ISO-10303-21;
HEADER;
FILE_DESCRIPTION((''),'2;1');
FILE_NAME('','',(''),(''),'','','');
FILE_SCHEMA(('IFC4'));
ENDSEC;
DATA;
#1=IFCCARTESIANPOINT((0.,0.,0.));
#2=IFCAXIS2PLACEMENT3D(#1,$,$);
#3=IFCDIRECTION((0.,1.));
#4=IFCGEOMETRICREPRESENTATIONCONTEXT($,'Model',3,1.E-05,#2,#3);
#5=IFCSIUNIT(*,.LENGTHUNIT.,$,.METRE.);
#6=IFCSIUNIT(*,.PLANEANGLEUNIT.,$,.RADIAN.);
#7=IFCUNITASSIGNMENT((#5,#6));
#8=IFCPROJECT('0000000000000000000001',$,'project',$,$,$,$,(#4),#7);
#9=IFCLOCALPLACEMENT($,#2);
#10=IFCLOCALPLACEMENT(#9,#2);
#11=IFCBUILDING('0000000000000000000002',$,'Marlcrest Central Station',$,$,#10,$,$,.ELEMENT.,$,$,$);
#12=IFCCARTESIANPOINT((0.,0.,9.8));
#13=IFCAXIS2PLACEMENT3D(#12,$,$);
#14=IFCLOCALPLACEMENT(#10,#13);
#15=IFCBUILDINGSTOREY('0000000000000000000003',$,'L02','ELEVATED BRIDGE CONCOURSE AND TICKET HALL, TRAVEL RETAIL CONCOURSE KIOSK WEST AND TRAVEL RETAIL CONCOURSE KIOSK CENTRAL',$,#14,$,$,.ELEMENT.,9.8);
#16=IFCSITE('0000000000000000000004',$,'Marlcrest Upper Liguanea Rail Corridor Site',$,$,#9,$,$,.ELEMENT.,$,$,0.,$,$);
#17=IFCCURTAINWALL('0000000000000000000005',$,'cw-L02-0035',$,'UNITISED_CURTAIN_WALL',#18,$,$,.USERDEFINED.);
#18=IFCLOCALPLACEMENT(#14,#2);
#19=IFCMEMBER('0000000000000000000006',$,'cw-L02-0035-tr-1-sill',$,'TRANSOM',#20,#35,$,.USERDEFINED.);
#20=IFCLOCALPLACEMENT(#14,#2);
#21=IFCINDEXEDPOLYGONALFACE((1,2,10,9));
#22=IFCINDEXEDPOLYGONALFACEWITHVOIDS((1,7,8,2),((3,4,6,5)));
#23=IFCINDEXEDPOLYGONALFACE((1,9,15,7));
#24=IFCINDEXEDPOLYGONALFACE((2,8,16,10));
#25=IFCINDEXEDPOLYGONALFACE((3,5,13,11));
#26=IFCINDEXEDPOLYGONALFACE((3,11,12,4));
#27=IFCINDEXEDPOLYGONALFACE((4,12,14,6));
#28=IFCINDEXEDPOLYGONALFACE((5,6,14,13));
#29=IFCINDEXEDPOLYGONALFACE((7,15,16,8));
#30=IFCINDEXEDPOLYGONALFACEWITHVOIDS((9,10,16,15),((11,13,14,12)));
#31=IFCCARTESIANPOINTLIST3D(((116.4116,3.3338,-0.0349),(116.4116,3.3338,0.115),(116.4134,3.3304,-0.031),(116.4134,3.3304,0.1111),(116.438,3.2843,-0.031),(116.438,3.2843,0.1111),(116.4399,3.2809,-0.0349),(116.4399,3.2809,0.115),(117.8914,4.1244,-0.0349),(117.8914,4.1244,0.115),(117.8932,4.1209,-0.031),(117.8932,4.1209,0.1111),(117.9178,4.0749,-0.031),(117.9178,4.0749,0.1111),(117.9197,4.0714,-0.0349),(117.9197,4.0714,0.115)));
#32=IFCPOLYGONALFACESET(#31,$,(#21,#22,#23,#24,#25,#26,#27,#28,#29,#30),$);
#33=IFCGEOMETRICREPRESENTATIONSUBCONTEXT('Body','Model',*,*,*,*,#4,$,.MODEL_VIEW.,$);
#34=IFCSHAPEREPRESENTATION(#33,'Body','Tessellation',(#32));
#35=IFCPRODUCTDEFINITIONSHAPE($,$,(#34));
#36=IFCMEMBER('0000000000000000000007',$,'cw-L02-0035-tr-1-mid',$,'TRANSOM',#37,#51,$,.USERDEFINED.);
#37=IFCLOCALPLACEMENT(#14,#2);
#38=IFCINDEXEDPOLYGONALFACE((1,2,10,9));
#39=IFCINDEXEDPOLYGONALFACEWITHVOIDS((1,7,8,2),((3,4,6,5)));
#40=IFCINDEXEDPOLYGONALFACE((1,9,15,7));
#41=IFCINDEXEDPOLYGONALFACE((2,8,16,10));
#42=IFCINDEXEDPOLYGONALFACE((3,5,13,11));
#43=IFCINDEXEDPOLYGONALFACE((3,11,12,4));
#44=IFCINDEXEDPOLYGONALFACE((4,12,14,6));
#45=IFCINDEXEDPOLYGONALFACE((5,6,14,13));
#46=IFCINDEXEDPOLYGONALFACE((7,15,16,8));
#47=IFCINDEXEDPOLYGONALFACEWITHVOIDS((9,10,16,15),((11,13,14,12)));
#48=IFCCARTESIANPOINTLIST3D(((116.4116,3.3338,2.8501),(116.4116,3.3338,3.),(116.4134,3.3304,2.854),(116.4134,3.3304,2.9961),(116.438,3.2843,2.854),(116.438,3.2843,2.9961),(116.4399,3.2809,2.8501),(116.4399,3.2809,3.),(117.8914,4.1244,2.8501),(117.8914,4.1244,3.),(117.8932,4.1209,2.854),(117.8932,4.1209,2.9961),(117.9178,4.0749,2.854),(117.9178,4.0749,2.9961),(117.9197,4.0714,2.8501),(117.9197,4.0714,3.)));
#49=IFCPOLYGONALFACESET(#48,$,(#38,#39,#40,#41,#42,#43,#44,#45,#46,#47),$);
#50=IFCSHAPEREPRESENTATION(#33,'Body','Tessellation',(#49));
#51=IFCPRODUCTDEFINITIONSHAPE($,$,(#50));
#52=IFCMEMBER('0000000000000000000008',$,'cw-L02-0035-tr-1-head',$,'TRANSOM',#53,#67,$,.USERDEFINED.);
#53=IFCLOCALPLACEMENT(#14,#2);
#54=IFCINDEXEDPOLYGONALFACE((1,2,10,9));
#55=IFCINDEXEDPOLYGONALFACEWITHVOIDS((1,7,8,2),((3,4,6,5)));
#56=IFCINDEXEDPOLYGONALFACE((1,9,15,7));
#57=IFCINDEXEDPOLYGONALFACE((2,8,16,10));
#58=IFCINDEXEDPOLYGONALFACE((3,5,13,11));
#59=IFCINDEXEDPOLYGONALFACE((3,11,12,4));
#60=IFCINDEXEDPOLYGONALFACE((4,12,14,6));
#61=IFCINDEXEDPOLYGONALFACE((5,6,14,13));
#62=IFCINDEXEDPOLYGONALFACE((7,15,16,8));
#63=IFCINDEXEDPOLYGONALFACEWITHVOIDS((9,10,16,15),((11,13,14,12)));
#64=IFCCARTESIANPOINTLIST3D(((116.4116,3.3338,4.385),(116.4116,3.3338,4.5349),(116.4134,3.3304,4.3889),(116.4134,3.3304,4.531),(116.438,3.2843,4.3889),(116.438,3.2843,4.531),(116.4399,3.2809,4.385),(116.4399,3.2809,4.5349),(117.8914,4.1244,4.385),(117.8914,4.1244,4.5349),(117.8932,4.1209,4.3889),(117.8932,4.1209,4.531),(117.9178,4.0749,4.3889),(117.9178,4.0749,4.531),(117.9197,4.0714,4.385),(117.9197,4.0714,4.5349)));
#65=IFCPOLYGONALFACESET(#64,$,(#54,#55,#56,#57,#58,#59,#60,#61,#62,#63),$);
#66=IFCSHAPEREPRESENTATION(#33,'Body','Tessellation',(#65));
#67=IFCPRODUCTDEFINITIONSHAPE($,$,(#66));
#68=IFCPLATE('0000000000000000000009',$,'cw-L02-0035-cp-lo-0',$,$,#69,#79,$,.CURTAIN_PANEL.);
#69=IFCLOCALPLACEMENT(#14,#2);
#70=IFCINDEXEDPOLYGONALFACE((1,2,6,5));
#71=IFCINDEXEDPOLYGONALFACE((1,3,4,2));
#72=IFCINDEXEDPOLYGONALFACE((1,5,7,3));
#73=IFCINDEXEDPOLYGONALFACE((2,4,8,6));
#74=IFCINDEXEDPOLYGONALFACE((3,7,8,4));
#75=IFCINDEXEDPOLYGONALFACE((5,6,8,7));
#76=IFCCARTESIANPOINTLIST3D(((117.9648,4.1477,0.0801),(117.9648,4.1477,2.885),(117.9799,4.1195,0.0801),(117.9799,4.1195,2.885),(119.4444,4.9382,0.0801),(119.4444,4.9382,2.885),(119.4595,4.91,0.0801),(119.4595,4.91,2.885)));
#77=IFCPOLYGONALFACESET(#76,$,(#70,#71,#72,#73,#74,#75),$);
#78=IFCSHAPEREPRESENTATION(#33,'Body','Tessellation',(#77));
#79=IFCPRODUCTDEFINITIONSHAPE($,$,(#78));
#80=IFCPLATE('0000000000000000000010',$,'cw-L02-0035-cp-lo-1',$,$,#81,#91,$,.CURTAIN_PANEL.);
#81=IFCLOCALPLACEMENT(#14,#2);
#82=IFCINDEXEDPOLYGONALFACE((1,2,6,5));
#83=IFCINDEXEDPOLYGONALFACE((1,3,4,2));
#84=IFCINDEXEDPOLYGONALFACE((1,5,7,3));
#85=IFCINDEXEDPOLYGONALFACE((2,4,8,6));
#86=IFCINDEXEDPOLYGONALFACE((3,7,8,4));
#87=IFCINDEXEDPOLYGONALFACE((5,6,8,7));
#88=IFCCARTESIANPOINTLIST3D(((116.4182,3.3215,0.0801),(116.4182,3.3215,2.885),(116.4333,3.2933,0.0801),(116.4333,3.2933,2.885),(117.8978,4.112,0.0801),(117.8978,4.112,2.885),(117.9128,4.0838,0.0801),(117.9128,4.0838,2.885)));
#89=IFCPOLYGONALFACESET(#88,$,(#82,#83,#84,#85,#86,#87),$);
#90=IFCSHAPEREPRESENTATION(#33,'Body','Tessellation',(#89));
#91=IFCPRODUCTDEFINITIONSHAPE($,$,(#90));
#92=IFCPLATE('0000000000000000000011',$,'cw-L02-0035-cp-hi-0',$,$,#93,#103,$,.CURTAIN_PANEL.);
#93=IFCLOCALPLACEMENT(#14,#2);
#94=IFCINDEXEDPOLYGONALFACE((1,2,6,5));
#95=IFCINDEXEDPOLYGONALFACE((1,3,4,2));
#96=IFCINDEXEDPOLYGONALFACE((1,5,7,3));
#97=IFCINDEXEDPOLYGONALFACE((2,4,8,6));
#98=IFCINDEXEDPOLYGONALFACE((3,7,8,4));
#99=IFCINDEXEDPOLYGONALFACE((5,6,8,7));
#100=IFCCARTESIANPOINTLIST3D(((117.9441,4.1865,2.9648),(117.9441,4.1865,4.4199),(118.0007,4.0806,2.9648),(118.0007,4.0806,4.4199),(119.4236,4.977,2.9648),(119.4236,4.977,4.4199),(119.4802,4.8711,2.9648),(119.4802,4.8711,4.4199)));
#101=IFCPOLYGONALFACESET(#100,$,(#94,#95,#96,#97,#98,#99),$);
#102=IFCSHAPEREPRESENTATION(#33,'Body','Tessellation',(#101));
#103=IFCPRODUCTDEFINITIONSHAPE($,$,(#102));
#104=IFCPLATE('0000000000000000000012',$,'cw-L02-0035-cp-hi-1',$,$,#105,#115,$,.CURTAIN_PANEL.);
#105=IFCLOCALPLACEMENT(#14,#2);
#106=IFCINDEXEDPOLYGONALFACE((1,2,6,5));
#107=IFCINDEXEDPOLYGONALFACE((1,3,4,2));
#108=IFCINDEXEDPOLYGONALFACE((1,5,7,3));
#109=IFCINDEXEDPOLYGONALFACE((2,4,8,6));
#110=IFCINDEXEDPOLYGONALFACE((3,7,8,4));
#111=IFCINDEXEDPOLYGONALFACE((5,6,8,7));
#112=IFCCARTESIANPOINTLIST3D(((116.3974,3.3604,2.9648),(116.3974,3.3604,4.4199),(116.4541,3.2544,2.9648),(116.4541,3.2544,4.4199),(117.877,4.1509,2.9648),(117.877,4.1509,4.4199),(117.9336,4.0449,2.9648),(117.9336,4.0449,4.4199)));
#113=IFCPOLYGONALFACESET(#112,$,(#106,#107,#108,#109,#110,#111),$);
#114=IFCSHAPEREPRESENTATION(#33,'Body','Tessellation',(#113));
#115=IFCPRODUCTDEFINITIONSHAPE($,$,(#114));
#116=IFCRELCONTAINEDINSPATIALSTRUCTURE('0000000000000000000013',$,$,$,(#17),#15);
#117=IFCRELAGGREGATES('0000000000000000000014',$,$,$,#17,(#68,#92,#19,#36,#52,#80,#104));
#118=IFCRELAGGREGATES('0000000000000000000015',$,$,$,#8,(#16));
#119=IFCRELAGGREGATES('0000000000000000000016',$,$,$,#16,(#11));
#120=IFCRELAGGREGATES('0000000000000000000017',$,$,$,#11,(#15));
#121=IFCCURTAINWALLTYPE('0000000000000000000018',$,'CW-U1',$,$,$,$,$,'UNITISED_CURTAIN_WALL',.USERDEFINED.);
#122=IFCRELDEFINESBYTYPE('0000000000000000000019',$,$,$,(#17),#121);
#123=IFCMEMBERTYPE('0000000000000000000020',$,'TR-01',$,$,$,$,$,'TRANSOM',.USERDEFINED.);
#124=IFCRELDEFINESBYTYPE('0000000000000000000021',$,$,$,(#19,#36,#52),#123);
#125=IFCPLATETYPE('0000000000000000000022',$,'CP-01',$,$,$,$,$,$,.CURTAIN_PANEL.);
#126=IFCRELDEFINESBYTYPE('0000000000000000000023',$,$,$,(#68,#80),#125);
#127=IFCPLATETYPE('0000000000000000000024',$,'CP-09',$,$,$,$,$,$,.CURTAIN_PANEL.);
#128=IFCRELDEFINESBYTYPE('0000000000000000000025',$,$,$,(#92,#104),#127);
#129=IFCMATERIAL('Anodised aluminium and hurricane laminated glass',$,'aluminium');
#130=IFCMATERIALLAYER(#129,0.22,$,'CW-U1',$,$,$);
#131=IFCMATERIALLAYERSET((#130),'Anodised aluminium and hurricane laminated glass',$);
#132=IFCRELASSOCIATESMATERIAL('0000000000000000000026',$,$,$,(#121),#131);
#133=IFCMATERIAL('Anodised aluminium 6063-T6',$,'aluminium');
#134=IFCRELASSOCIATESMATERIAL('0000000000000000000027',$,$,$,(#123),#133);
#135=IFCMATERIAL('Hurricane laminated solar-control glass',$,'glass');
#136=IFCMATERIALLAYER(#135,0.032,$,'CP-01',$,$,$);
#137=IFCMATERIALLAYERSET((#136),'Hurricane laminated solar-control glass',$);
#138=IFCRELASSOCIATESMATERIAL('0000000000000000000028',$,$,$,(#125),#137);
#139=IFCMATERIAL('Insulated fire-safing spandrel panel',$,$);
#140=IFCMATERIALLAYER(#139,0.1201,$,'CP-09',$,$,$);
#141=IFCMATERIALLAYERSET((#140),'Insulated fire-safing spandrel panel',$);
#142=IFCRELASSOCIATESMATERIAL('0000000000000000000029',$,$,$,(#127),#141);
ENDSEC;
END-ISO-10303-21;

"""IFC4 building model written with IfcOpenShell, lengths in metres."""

from ifc_helpers import new_model, si_unit, direction, frame, origin, origin_2d, place, context, subcontext, project, spatial, rectangle, hollow_rectangle, extrude, material, layer, layer_set, material_profile, profile_set, type_object, element, aggregate, save


model = new_model("IFC4")

# Units and contexts
model_context = context("Model", 3, precision=1e-05, world=origin(), true_north=direction((0.0, 1.0)))
body_context = subcontext(model_context, "Body", "Model", "MODEL_VIEW")
ifc_project = project(units=[si_unit("LENGTHUNIT", "METRE"), si_unit("PLANEANGLEUNIT", "RADIAN")], contexts=[model_context])

# Site, building, storey
site_placement = place(None, origin())
site = spatial("IfcSite", under=ifc_project, at=site_placement, Name="Marlcrest Upper Liguanea Rail Corridor Site", CompositionType="ELEMENT", RefElevation=0.0)
building_placement = place(site_placement, origin())
building = spatial("IfcBuilding", under=site, at=building_placement, Name="Marlcrest Central Station", CompositionType="ELEMENT")
storey_placement = place(building_placement, frame((0.0, 0.0, 9.8)))
storey = spatial("IfcBuildingStorey", under=building, at=storey_placement, Name="L02", Description="ELEVATED BRIDGE CONCOURSE AND TICKET HALL, TRAVEL RETAIL CONCOURSE KIOSK WEST AND TRAVEL RETAIL CONCOURSE KIOSK CENTRAL", CompositionType="ELEMENT", Elevation=9.8)

# Curtain wall
ifc_material_1 = material(Name="Anodised aluminium and hurricane laminated glass", Category="aluminium")
ifc_layer_1 = layer(ifc_material_1, 0.22, Name="CW-U1")
ifc_layer_set_1 = layer_set([ifc_layer_1], Name="Anodised aluminium and hurricane laminated glass")
curtain_wall_type = type_object("IfcCurtainWallType", Name="CW-U1", ElementType="UNITISED_CURTAIN_WALL", PredefinedType="USERDEFINED", material=ifc_layer_set_1)
curtain_wall_placement = place(storey_placement, origin())
curtain_wall = element("IfcCurtainWall", 1, at=curtain_wall_placement, inside=storey, type_object=curtain_wall_type, Name="cw-L02-0035", ObjectType="UNITISED_CURTAIN_WALL", PredefinedType="USERDEFINED")
ifc_material_2 = material(Name="Anodised aluminium 6063-T6", Category="aluminium")

# Members
ifc_material_profile_1 = material_profile(ifc_material_2, hollow_rectangle(XDim=0.0601, YDim=0.1499, WallThickness=0.0039, at=origin_2d()), Name="AA-RHS 150x60x4")
ifc_profile_set_1 = profile_set([ifc_material_profile_1], Name="Anodised aluminium 6063-T6")
member_type_1 = type_object("IfcMemberType", Name="TR-01", ElementType="TRANSOM", PredefinedType="USERDEFINED", material=ifc_profile_set_1)
member_1_placement = place(storey_placement, frame((117.9055, 4.0979, 0.04), z_axis=(-0.882022, -0.471207, 0.0), x_axis=(0.471207, -0.882022, 0.0)))
member_1 = element("IfcMember", 2, at=member_1_placement, type_object=member_type_1, Name="cw-L02-0035-tr-1-sill", ObjectType="TRANSOM", PredefinedType="USERDEFINED", context=body_context, shape_type="SweptSolid", body=[
    extrude(hollow_rectangle(XDim=0.0601, YDim=0.1499, WallThickness=0.0039, at=origin_2d()), origin(), (0.0, 0.0, 1.0), 1.6777),
])
member_2_placement = place(storey_placement, frame((117.9055, 4.0979, 2.925), z_axis=(-0.882022, -0.471207, 0.0), x_axis=(0.471207, -0.882022, 0.0)))
member_2 = element("IfcMember", 3, at=member_2_placement, type_object=member_type_1, Name="cw-L02-0035-tr-1-mid", ObjectType="TRANSOM", PredefinedType="USERDEFINED", context=body_context, shape_type="SweptSolid", body=[
    extrude(hollow_rectangle(XDim=0.0601, YDim=0.1499, WallThickness=0.0039, at=origin_2d()), origin(), (0.0, 0.0, 1.0), 1.6777),
])
member_3_placement = place(storey_placement, frame((117.9055, 4.0979, 4.46), z_axis=(-0.882022, -0.471207, 0.0), x_axis=(0.471207, -0.882022, 0.0)))
member_3 = element("IfcMember", 4, at=member_3_placement, type_object=member_type_1, Name="cw-L02-0035-tr-1-head", ObjectType="TRANSOM", PredefinedType="USERDEFINED", context=body_context, shape_type="SweptSolid", body=[
    extrude(hollow_rectangle(XDim=0.0601, YDim=0.1499, WallThickness=0.0039, at=origin_2d()), origin(), (0.0, 0.0, 1.0), 1.6777),
])

# Plates
ifc_material_3 = material(Name="Hurricane laminated solar-control glass", Category="glass")
ifc_layer_2 = layer(ifc_material_3, 0.032, Name="CP-01")
ifc_layer_set_2 = layer_set([ifc_layer_2], Name="Hurricane laminated solar-control glass")
plate_type_1 = type_object("IfcPlateType", Name="CP-01", PredefinedType="CURTAIN_PANEL", material=ifc_layer_set_2)
plate_1_placement = place(storey_placement, frame((118.7122, 4.5288, 0.0801), z_axis=(0.0, 0.0, 1.0), x_axis=(-0.882004, -0.471243, 0.0)))
plate_1 = element("IfcPlate", 5, at=plate_1_placement, type_object=plate_type_1, Name="cw-L02-0035-cp-lo-0", PredefinedType="CURTAIN_PANEL", context=body_context, shape_type="SweptSolid", body=[
    extrude(rectangle(XDim=1.6775, YDim=0.032, at=origin_2d()), origin(), (0.0, 0.0, 1.0), 2.8049),
])
plate_2_placement = place(storey_placement, frame((117.1655, 3.7026, 0.0801), z_axis=(0.0, 0.0, 1.0), x_axis=(-0.882004, -0.471243, 0.0)))
plate_2 = element("IfcPlate", 6, at=plate_2_placement, type_object=plate_type_1, Name="cw-L02-0035-cp-lo-1", PredefinedType="CURTAIN_PANEL", context=body_context, shape_type="SweptSolid", body=[
    extrude(rectangle(XDim=1.6775, YDim=0.032, at=origin_2d()), origin(), (0.0, 0.0, 1.0), 2.8049),
])
ifc_material_4 = material(Name="Insulated fire-safing spandrel panel")
ifc_layer_3 = layer(ifc_material_4, 0.1201, Name="CP-09")
ifc_layer_set_3 = layer_set([ifc_layer_3], Name="Insulated fire-safing spandrel panel")
plate_type_2 = type_object("IfcPlateType", Name="CP-09", PredefinedType="CURTAIN_PANEL", material=ifc_layer_set_3)
plate_3_placement = place(storey_placement, frame((118.7122, 4.5288, 2.9648), z_axis=(0.0, 0.0, 1.0), x_axis=(-0.882004, -0.471243, 0.0)))
plate_3 = element("IfcPlate", 7, at=plate_3_placement, type_object=plate_type_2, Name="cw-L02-0035-cp-hi-0", PredefinedType="CURTAIN_PANEL", context=body_context, shape_type="SweptSolid", body=[
    extrude(rectangle(XDim=1.6775, YDim=0.1201, at=origin_2d()), origin(), (0.0, 0.0, 1.0), 1.4551),
])
plate_4_placement = place(storey_placement, frame((117.1655, 3.7026, 2.9648), z_axis=(0.0, 0.0, 1.0), x_axis=(-0.882004, -0.471243, 0.0)))
plate_4 = element("IfcPlate", 8, at=plate_4_placement, type_object=plate_type_2, Name="cw-L02-0035-cp-hi-1", PredefinedType="CURTAIN_PANEL", context=body_context, shape_type="SweptSolid", body=[
    extrude(rectangle(XDim=1.6775, YDim=0.1201, at=origin_2d()), origin(), (0.0, 0.0, 1.0), 1.4551),
])
aggregate(curtain_wall, [plate_1, plate_3, member_1, member_2, member_3, plate_2, plate_4])

save(model, "model.ifc")
